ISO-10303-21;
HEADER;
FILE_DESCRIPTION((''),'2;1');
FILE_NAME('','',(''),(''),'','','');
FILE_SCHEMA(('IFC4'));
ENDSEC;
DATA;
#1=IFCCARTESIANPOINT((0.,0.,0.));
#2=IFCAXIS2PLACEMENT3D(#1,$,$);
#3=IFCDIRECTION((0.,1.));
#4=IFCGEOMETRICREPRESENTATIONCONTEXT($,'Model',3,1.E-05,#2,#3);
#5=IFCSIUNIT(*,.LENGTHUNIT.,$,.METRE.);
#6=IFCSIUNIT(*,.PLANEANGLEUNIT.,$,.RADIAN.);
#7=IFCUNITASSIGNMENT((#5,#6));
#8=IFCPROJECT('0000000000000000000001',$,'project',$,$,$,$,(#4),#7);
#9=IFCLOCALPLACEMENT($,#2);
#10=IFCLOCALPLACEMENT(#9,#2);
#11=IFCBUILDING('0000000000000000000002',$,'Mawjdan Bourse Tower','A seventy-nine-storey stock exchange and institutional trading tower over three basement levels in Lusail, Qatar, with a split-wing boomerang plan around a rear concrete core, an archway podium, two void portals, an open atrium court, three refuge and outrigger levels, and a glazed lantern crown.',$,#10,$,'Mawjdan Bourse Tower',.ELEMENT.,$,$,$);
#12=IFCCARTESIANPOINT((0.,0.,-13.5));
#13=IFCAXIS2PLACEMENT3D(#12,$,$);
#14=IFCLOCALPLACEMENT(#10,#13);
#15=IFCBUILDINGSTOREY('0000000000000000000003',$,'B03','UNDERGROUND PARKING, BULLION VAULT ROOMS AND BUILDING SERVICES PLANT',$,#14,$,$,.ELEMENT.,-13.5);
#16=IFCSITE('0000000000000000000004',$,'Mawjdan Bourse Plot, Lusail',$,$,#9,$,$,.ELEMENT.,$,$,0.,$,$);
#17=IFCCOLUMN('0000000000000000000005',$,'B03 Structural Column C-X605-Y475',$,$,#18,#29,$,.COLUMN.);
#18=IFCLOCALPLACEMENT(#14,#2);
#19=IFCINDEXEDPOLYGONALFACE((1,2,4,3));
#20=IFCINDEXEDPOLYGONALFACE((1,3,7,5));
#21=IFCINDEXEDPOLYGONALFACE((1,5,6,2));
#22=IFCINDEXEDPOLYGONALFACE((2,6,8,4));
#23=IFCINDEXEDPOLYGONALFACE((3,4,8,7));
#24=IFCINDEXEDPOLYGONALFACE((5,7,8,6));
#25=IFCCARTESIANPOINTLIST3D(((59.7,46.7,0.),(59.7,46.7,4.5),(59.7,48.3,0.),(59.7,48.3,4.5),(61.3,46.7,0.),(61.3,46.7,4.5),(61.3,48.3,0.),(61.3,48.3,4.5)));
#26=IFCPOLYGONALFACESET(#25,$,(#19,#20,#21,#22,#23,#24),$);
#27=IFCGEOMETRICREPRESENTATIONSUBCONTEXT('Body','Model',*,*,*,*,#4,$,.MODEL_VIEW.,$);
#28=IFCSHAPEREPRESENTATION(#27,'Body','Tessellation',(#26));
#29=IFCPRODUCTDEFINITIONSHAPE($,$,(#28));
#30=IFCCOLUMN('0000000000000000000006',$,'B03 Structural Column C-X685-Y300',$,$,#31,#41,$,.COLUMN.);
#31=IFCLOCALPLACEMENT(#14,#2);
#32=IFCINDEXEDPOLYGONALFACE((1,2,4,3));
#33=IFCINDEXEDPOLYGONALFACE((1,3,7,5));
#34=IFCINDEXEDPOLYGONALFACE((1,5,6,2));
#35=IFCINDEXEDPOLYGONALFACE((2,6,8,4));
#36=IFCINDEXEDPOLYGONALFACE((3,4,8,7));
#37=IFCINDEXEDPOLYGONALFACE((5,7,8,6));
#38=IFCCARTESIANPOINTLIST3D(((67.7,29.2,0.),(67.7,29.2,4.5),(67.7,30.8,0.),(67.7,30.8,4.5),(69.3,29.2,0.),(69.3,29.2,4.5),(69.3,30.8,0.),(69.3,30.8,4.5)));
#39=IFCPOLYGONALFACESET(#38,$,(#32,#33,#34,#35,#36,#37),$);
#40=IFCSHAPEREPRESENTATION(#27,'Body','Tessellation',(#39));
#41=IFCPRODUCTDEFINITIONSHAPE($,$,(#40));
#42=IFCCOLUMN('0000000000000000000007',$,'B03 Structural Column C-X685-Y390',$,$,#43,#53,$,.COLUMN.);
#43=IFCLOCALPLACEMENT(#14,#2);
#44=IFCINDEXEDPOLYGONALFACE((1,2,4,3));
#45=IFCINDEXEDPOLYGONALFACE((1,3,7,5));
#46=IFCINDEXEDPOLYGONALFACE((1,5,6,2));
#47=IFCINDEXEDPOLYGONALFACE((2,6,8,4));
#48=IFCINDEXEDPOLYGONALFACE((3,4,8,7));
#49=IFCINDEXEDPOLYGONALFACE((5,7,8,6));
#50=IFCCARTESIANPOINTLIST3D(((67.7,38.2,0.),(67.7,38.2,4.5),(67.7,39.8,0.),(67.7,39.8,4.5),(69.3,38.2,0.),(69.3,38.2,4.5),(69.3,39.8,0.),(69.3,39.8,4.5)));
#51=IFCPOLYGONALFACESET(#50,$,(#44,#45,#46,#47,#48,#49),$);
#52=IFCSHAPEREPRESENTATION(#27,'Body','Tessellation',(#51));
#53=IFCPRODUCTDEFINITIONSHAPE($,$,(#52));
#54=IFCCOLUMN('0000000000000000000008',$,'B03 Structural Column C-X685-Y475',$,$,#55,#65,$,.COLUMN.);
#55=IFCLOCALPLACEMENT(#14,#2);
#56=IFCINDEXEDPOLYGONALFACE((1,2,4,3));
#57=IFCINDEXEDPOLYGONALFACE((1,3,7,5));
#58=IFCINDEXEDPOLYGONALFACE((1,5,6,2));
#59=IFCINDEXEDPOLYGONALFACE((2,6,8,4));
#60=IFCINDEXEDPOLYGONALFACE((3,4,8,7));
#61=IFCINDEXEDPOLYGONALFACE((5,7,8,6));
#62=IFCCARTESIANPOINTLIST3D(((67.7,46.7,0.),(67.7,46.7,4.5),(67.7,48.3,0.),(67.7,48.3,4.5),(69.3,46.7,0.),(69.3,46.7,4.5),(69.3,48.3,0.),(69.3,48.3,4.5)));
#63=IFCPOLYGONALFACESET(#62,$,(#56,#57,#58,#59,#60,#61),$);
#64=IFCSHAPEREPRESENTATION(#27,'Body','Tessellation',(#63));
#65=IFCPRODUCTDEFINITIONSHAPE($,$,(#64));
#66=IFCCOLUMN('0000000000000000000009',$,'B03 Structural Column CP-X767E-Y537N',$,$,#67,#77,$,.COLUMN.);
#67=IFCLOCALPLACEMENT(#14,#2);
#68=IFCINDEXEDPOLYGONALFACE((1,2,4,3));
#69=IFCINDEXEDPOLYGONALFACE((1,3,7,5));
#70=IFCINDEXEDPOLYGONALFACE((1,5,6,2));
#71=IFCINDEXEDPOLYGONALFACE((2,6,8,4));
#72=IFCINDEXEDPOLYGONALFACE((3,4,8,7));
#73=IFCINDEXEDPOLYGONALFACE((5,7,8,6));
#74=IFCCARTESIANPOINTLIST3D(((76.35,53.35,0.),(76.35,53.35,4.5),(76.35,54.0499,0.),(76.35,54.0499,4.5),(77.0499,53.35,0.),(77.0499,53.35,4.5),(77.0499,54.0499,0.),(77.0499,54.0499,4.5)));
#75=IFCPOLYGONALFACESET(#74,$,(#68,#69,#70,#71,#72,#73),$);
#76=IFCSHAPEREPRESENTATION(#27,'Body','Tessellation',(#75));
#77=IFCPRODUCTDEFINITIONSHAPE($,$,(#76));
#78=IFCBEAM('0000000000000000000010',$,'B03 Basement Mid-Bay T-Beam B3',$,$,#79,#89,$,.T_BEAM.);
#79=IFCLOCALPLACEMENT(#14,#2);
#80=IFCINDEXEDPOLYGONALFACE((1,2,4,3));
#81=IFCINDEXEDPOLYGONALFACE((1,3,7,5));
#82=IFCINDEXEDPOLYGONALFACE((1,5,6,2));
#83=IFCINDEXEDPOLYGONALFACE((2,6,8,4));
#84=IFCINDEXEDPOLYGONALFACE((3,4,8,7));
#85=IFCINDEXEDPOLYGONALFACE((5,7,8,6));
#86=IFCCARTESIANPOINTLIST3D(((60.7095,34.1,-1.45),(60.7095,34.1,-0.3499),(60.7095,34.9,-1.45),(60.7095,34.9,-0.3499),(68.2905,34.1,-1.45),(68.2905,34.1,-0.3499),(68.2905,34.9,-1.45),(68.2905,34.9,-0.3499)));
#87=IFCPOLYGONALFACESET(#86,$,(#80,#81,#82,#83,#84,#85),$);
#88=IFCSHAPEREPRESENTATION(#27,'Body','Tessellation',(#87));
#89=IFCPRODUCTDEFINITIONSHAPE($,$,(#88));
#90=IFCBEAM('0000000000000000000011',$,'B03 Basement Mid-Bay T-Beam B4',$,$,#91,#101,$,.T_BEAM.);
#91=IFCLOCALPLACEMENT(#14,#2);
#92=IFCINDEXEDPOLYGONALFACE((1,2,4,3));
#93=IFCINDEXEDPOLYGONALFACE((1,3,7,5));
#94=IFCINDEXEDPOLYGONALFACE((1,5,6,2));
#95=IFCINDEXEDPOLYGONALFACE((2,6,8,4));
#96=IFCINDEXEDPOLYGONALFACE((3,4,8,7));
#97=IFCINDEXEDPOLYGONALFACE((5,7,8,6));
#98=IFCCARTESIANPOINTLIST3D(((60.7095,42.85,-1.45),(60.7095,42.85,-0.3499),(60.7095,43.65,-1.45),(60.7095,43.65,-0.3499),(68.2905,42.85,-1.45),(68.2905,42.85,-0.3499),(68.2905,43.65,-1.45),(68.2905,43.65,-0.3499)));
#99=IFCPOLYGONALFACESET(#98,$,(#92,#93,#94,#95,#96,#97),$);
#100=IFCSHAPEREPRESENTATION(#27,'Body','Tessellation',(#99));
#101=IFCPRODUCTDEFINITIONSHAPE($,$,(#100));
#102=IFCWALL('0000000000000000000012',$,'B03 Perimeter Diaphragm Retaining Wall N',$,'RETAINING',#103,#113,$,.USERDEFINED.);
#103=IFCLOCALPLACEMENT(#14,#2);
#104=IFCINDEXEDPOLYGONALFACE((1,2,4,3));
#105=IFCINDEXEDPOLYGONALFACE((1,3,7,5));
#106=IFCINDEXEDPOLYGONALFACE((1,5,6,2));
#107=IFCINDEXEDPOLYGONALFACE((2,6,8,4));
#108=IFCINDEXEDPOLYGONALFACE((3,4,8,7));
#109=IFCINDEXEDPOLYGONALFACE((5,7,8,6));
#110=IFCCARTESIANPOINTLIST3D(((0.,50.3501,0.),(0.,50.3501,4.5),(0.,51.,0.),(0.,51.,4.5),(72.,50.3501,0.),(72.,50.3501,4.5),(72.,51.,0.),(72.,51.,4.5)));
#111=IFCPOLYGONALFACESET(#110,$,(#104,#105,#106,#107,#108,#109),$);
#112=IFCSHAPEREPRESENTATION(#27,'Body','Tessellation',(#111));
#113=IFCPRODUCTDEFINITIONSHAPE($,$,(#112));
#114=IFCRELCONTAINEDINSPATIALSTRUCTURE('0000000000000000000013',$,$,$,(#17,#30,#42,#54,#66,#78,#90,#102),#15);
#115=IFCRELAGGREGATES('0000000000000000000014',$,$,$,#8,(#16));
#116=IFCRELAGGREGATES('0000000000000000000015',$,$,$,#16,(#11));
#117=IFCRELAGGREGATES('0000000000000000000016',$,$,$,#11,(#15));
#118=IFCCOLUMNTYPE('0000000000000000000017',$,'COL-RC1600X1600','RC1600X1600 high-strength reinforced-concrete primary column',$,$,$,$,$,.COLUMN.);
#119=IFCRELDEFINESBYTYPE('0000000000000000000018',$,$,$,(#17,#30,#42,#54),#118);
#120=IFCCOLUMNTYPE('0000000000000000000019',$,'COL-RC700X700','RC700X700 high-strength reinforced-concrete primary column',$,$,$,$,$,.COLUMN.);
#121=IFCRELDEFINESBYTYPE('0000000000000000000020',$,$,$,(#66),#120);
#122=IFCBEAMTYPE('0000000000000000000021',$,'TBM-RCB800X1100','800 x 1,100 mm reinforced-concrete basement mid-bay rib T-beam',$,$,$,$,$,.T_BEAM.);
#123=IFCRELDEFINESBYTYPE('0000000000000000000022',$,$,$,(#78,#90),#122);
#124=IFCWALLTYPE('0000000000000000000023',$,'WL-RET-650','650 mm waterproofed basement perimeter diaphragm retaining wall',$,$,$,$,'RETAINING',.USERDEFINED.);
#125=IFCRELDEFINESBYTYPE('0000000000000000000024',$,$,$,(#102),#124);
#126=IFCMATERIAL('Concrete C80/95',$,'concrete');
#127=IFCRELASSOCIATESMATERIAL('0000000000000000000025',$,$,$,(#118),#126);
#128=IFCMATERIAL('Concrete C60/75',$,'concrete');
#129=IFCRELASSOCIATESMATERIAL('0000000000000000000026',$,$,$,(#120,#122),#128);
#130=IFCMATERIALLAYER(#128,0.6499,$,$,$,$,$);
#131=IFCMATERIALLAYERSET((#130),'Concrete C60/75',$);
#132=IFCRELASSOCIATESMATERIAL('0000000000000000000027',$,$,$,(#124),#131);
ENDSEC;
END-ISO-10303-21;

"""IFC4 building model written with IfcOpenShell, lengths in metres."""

from ifc_helpers import new_model, si_unit, direction, frame, frame_2d, origin, origin_2d, place, context, subcontext, project, spatial, rectangle, extrude, material, layer, layer_set, material_profile, profile_set, type_object, element, save


model = new_model("IFC4")

# Units and contexts
model_context = context("Model", 3, precision=1e-05, world=origin(), true_north=direction((0.0, 1.0)))
body_context = subcontext(model_context, "Body", "Model", "MODEL_VIEW")
ifc_project = project(units=[si_unit("LENGTHUNIT", "METRE"), si_unit("PLANEANGLEUNIT", "RADIAN")], contexts=[model_context])

# Site, building, storey
site_placement = place(None, origin())
site = spatial("IfcSite", under=ifc_project, at=site_placement, Name="Mawjdan Bourse Plot, Lusail", CompositionType="ELEMENT", RefElevation=0.0)
building_placement = place(site_placement, origin())
building = spatial("IfcBuilding", under=site, at=building_placement, Name="Mawjdan Bourse Tower", Description="A seventy-nine-storey stock exchange and institutional trading tower over three basement levels in Lusail, Qatar, with a split-wing boomerang plan around a rear concrete core, an archway podium, two void portals, an open atrium court, three refuge and outrigger levels, and a glazed lantern crown.", LongName="Mawjdan Bourse Tower", CompositionType="ELEMENT")
storey_placement = place(building_placement, frame((0.0, 0.0, -13.5)))
storey = spatial("IfcBuildingStorey", under=building, at=storey_placement, Name="B03", Description="UNDERGROUND PARKING, BULLION VAULT ROOMS AND BUILDING SERVICES PLANT", CompositionType="ELEMENT", Elevation=-13.5)

# Shared definitions
ifc_material_1 = material(Name="Concrete C60/75", Category="concrete")

# Columns
ifc_material_2 = material(Name="Concrete C80/95", Category="concrete")
ifc_material_profile_1 = material_profile(ifc_material_2, rectangle(XDim=1.6001, YDim=1.6001, at=origin_2d()), Name="RC1600X1600")
ifc_profile_set_1 = profile_set([ifc_material_profile_1], Name="Concrete C80/95")
column_type_1 = type_object("IfcColumnType", Name="COL-RC1600X1600", Description="RC1600X1600 high-strength reinforced-concrete primary column", PredefinedType="COLUMN", material=ifc_profile_set_1)
for number, where, z_axis, x_axis, name in (
    (1, (60.5, 47.5, 0.0), (0.0, 0.0, 1.0), (1.0, 0.0, 0.0), "B03 Structural Column C-X605-Y475"),
    (2, (68.5, 30.0, 0.0), (0.0, 0.0, 1.0), (1.0, 0.0, 0.0), "B03 Structural Column C-X685-Y300"),
    (3, (68.5, 39.0, 0.0), (0.0, 0.0, 1.0), (1.0, 0.0, 0.0), "B03 Structural Column C-X685-Y390"),
    (4, (68.5, 47.5, 0.0), (0.0, 0.0, 1.0), (1.0, 0.0, 0.0), "B03 Structural Column C-X685-Y475"),
):
    element("IfcColumn", number, at=place(storey_placement, frame(where, z_axis=z_axis, x_axis=x_axis)), inside=storey, type_object=column_type_1, Name=name, PredefinedType="COLUMN", context=body_context, shape_type="SweptSolid", body=[
        extrude(rectangle(XDim=1.6001, YDim=1.6001, at=origin_2d()), origin(), (0.0, 0.0, 1.0), 4.5),
    ])
ifc_material_profile_2 = material_profile(ifc_material_1, rectangle(XDim=0.7, YDim=0.7, at=origin_2d()), Name="RC700X700")
ifc_profile_set_2 = profile_set([ifc_material_profile_2], Name="Concrete C60/75")
column_type_2 = type_object("IfcColumnType", Name="COL-RC700X700", Description="RC700X700 high-strength reinforced-concrete primary column", PredefinedType="COLUMN", material=ifc_profile_set_2)
column_placement = place(storey_placement, frame((76.7, 53.7, 0.0), z_axis=(0.0, 0.0, 1.0), x_axis=(1.0, 0.0, 0.0)))
element("IfcColumn", 5, at=column_placement, inside=storey, type_object=column_type_2, Name="B03 Structural Column CP-X767E-Y537N", PredefinedType="COLUMN", context=body_context, shape_type="SweptSolid", body=[
    extrude(rectangle(XDim=0.7, YDim=0.7, at=origin_2d()), origin(), (0.0, 0.0, 1.0), 4.5),
])

# Beams
ifc_material_profile_3 = material_profile(ifc_material_1, rectangle(XDim=0.8, YDim=1.1001, at=origin_2d()), Name="RCB800X1100")
ifc_profile_set_3 = profile_set([ifc_material_profile_3], Name="Concrete C60/75")
beam_type = type_object("IfcBeamType", Name="TBM-RCB800X1100", Description="800 x 1,100 mm reinforced-concrete basement mid-bay rib T-beam", PredefinedType="T_BEAM", material=ifc_profile_set_3)
for number, where, z_axis, x_axis, name in (
    (6, (60.7095, 34.5, -0.8999), (1.0, 0.0, 0.0), (0.0, 1.0, 0.0), "B03 Basement Mid-Bay T-Beam B3"),
    (7, (60.7095, 43.25, -0.8999), (1.0, 0.0, 0.0), (0.0, 1.0, 0.0), "B03 Basement Mid-Bay T-Beam B4"),
):
    element("IfcBeam", number, at=place(storey_placement, frame(where, z_axis=z_axis, x_axis=x_axis)), inside=storey, type_object=beam_type, Name=name, PredefinedType="T_BEAM", context=body_context, shape_type="SweptSolid", body=[
        extrude(rectangle(XDim=0.8, YDim=1.1001, at=origin_2d()), origin(), (0.0, 0.0, 1.0), 7.5811),
    ])

# Wall
ifc_layer_1 = layer(ifc_material_1, 0.6499)
ifc_layer_set_1 = layer_set([ifc_layer_1], Name="Concrete C60/75")
wall_type = type_object("IfcWallType", Name="WL-RET-650", Description="650 mm waterproofed basement perimeter diaphragm retaining wall", ElementType="RETAINING", PredefinedType="USERDEFINED", material=ifc_layer_set_1)
wall_placement = place(storey_placement, frame((72.0, 50.675, 0.0), z_axis=(0.0, 0.0, 1.0), x_axis=(-1.0, 0.0, 0.0)))
element("IfcWall", 8, at=wall_placement, inside=storey, type_object=wall_type, Name="B03 Perimeter Diaphragm Retaining Wall N", ObjectType="RETAINING", PredefinedType="USERDEFINED", context=body_context, shape_type="SweptSolid", body=[
    extrude(rectangle(XDim=72.0, YDim=0.6499, at=frame_2d((36.0, 0.0))), origin(), (0.0, 0.0, 1.0), 4.5),
])

save(model, "model.ifc")
